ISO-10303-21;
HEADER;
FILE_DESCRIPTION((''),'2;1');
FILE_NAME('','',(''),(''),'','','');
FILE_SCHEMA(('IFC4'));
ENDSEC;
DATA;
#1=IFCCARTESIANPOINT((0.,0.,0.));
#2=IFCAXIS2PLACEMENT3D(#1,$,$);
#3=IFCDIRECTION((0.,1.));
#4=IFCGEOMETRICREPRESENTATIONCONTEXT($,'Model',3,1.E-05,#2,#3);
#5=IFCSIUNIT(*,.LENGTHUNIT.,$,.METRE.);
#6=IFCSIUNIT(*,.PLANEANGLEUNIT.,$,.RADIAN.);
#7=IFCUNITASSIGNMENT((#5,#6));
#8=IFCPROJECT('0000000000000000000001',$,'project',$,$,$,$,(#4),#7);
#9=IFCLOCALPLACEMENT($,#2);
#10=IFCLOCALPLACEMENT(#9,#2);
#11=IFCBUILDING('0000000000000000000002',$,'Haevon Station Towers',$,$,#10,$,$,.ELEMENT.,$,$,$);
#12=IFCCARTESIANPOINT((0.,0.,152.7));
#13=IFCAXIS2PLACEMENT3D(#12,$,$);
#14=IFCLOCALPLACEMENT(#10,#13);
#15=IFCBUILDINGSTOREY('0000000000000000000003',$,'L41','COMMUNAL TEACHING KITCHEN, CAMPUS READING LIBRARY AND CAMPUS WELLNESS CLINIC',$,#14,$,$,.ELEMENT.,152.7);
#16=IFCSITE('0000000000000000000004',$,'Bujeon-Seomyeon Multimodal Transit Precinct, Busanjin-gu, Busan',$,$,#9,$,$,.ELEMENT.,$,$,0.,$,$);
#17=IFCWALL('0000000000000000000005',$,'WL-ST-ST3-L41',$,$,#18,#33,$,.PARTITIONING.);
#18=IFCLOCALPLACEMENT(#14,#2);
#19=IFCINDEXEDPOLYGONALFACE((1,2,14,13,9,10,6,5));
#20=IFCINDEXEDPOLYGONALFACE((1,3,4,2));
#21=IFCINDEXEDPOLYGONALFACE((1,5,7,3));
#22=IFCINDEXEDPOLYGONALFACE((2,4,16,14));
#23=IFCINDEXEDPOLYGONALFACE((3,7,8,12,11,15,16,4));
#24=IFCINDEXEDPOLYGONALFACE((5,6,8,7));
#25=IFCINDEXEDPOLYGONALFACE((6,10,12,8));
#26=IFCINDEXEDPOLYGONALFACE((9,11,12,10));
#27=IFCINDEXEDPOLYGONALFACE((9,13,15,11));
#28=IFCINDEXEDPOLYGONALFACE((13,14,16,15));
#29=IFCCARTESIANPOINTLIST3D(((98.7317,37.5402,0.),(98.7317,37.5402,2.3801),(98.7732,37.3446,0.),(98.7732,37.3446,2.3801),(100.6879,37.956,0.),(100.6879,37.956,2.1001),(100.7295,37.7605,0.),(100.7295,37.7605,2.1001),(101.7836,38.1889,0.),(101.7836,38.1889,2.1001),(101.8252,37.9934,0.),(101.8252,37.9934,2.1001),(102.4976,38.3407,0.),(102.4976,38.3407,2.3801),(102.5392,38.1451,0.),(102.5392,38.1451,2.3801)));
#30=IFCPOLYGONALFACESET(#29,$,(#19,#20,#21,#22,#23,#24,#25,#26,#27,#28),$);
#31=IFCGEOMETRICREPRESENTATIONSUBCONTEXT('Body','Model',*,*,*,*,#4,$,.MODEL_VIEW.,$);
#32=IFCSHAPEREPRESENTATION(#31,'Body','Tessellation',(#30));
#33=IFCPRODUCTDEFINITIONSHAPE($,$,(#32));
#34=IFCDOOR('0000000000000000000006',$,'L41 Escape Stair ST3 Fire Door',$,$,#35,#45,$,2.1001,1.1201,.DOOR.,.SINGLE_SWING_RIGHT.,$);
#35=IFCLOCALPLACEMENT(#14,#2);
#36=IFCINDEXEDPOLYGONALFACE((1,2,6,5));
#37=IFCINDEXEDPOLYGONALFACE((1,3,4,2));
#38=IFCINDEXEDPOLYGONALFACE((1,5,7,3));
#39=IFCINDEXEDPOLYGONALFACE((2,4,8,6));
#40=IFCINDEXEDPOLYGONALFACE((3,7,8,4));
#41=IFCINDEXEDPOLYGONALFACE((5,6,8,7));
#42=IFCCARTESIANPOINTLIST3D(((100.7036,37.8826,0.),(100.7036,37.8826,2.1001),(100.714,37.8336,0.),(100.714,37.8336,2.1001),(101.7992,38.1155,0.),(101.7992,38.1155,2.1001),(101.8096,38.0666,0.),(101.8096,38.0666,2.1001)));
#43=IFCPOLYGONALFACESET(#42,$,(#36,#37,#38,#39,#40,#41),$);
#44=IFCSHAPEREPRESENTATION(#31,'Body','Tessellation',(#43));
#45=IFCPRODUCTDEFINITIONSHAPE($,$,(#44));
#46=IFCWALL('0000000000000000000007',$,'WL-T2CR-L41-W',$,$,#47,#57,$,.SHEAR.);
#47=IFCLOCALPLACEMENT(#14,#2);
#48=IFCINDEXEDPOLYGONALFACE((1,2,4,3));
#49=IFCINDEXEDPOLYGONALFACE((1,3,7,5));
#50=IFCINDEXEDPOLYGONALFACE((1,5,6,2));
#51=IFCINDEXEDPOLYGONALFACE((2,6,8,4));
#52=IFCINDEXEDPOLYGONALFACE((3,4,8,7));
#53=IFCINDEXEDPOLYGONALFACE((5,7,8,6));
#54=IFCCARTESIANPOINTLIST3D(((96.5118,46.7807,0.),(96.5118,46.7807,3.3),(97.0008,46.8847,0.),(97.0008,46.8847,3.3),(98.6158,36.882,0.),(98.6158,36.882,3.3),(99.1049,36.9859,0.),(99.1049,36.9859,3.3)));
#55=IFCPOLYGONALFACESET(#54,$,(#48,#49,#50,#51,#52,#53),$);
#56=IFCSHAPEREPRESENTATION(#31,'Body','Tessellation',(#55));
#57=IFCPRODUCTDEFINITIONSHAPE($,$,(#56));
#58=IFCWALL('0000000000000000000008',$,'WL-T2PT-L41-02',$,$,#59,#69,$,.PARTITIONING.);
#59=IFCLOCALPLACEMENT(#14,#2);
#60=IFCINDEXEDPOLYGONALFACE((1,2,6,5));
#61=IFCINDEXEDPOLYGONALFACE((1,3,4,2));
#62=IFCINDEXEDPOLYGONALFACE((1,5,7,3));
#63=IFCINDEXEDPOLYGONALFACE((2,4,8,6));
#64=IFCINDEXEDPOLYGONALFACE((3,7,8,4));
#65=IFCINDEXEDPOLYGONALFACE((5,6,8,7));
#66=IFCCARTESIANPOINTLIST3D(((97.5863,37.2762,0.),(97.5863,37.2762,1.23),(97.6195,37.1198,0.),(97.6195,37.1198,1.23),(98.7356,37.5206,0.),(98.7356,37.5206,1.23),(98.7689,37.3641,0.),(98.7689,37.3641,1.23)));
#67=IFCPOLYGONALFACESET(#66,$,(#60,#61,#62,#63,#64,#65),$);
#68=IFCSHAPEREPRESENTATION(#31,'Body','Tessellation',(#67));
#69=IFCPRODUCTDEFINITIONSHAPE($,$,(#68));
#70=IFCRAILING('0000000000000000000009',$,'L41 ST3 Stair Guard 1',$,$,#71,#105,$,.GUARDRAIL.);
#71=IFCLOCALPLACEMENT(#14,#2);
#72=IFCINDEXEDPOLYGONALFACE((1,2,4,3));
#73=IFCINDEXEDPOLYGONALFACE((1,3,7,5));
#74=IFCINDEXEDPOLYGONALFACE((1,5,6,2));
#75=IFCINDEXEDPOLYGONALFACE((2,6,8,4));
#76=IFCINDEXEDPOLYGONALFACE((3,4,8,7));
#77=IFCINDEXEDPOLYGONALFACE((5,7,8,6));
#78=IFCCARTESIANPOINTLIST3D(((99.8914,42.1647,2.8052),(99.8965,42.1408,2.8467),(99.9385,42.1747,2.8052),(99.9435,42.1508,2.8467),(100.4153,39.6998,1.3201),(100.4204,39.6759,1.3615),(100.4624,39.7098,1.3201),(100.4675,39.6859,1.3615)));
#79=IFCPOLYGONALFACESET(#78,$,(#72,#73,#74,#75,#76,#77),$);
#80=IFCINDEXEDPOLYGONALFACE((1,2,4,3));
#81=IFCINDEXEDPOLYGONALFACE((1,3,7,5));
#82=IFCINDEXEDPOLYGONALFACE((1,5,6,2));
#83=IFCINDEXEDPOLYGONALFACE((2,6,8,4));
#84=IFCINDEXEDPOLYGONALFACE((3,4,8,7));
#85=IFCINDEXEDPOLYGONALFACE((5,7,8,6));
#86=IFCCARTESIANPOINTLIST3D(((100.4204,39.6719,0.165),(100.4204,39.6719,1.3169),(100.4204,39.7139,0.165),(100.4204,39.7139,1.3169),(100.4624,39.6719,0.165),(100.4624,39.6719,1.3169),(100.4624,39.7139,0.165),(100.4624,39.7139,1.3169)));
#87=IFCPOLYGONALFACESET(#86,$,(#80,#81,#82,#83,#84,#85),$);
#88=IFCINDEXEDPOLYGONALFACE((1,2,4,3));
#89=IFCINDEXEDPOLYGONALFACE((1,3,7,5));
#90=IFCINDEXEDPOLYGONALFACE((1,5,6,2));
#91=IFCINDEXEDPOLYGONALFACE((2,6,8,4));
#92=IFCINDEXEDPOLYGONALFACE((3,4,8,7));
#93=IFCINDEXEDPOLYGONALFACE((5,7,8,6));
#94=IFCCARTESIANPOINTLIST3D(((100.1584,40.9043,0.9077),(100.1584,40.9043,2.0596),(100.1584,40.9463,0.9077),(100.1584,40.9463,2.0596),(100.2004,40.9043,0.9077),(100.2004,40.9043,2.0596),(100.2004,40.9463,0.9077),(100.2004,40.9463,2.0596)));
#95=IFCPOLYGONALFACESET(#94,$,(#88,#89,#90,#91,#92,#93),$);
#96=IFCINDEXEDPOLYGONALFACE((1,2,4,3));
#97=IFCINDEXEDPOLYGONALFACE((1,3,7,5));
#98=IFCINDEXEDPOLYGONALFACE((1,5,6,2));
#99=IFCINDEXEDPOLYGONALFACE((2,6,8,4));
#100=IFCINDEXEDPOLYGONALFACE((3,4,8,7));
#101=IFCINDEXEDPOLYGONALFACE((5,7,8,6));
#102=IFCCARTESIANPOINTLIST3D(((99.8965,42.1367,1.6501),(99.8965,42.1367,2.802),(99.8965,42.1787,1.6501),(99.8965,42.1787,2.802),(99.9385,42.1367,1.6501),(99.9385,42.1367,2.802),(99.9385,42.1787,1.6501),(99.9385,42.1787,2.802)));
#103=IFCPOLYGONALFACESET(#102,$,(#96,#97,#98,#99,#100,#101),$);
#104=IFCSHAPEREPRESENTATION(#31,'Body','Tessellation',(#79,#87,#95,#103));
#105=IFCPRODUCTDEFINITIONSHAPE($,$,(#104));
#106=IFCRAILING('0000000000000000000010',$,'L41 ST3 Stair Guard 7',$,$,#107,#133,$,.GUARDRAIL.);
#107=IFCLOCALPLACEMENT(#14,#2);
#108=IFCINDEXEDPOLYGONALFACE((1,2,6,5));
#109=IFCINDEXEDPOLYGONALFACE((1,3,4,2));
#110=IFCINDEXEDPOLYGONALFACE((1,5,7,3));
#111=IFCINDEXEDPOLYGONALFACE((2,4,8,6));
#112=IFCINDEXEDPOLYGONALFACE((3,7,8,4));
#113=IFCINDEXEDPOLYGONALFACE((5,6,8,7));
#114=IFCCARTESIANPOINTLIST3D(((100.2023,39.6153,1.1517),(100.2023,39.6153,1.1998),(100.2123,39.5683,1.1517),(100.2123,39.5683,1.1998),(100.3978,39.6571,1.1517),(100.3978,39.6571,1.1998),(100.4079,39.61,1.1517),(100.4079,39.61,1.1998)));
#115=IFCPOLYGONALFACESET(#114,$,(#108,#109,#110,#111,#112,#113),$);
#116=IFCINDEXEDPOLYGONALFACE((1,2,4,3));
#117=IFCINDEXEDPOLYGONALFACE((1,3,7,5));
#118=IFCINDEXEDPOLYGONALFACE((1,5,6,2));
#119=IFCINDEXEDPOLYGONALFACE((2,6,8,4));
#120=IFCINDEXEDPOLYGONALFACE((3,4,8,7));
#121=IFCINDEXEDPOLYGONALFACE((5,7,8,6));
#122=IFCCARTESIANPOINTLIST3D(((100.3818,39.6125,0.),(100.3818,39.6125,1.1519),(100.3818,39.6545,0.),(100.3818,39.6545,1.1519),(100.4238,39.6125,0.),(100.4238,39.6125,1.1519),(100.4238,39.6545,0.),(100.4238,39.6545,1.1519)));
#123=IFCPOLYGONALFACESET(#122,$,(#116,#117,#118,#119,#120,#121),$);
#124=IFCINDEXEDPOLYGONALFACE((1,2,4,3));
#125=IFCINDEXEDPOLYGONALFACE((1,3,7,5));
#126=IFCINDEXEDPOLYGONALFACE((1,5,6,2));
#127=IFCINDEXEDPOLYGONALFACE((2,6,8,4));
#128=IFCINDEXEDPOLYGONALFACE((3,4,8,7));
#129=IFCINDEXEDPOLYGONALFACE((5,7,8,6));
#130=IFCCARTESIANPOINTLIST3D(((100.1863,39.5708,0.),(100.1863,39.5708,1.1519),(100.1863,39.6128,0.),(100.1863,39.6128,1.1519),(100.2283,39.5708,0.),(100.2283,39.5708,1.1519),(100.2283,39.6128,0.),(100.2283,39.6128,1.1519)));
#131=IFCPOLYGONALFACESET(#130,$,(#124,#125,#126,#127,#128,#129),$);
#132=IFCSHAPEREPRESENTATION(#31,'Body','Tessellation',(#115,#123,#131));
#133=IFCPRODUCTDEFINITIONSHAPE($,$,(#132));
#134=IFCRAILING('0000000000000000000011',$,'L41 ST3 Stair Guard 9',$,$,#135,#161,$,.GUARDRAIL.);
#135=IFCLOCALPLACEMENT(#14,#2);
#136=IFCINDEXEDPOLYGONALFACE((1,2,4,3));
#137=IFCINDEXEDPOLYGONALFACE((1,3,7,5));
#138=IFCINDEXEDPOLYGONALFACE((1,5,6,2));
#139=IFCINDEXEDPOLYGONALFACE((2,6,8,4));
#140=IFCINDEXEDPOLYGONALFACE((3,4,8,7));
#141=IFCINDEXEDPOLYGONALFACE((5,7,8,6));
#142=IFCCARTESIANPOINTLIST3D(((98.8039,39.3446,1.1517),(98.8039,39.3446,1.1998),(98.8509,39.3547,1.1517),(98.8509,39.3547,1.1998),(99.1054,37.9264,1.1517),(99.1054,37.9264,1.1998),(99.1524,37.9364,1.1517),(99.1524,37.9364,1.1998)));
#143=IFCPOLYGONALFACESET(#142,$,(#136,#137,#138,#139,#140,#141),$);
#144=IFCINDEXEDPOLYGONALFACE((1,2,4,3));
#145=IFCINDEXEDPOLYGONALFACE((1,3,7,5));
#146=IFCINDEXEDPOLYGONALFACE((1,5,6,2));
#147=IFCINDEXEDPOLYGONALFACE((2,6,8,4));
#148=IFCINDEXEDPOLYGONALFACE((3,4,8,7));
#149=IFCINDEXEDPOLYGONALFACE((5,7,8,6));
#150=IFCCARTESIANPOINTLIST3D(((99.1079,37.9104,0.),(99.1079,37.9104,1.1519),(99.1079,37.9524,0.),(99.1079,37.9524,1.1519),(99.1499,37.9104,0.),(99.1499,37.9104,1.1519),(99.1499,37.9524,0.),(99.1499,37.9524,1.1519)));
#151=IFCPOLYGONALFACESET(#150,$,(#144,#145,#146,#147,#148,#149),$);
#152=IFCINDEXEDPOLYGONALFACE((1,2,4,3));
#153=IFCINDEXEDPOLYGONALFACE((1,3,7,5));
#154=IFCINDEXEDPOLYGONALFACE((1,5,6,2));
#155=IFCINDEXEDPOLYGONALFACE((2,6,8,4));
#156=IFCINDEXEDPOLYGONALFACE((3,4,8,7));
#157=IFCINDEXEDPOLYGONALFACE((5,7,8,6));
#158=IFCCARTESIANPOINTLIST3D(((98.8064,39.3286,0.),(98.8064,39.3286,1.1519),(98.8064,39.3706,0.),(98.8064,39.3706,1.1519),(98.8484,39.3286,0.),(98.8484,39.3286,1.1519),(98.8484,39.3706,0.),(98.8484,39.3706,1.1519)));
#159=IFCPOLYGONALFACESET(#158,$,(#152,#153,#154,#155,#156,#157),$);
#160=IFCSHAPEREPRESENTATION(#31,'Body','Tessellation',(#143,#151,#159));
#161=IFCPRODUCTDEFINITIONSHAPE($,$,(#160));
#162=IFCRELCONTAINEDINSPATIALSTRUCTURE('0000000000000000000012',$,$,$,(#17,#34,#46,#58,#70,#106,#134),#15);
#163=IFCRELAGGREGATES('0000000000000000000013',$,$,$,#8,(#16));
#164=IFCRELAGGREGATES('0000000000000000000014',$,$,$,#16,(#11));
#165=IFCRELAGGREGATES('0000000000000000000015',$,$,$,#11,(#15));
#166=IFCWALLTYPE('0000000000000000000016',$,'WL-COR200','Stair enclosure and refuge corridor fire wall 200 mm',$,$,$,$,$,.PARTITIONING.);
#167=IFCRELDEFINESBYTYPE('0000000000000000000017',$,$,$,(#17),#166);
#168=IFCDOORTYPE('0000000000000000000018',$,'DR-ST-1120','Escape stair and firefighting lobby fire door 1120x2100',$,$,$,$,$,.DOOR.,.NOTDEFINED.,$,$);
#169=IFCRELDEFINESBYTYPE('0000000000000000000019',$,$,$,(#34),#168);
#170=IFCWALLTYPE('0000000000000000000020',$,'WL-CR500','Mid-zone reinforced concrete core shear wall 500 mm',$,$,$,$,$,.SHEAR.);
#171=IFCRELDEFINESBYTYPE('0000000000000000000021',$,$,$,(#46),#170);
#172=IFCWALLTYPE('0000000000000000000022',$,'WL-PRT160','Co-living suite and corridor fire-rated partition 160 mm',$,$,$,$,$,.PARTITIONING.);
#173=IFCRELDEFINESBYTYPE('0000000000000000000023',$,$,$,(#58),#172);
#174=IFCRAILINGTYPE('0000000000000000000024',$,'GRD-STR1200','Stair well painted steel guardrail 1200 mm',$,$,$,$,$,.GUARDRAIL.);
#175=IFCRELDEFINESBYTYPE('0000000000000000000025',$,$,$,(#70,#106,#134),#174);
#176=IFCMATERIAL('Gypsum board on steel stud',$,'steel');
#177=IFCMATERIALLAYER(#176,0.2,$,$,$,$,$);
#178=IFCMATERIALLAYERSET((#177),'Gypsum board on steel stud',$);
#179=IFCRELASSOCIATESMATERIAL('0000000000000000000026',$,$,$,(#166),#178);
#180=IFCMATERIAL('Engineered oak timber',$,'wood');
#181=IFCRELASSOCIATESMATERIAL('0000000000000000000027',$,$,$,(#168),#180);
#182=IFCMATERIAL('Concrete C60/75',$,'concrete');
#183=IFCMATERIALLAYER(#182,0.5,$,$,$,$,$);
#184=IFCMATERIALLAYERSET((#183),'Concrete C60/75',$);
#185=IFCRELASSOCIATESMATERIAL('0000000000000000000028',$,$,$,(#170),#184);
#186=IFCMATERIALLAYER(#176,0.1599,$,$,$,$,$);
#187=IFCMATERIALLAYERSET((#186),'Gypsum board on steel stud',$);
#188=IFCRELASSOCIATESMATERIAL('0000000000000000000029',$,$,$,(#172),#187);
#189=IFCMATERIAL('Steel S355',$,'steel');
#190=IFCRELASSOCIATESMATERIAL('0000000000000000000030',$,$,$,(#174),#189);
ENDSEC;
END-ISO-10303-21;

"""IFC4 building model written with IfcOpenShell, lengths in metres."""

from ifc_helpers import new_model, si_unit, direction, frame, frame_2d, origin, origin_2d, place, context, subcontext, project, spatial, rectangle, extrude, material, layer, layer_set, type_object, element, fill, save


model = new_model("IFC4")

# Units and contexts
model_context = context("Model", 3, precision=1e-05, world=origin(), true_north=direction((0.0, 1.0)))
body_context = subcontext(model_context, "Body", "Model", "MODEL_VIEW")
ifc_project = project(units=[si_unit("LENGTHUNIT", "METRE"), si_unit("PLANEANGLEUNIT", "RADIAN")], contexts=[model_context])

# Site, building, storey
site_placement = place(None, origin())
site = spatial("IfcSite", under=ifc_project, at=site_placement, Name="Bujeon-Seomyeon Multimodal Transit Precinct, Busanjin-gu, Busan", CompositionType="ELEMENT", RefElevation=0.0)
building_placement = place(site_placement, origin())
building = spatial("IfcBuilding", under=site, at=building_placement, Name="Haevon Station Towers", CompositionType="ELEMENT")
storey_placement = place(building_placement, frame((0.0, 0.0, 152.7)))
storey = spatial("IfcBuildingStorey", under=building, at=storey_placement, Name="L41", Description="COMMUNAL TEACHING KITCHEN, CAMPUS READING LIBRARY AND CAMPUS WELLNESS CLINIC", CompositionType="ELEMENT", Elevation=152.7)

# Shared definitions
ifc_material_1 = material(Name="Steel S355", Category="steel")

# Shared definitions
ifc_material_2 = material(Name="Gypsum board on steel stud", Category="steel")
ifc_material_3 = material(Name="Engineered oak timber", Category="wood")

# Wall, opening, door
ifc_layer_1 = layer(ifc_material_2, 0.2)
ifc_layer_set_1 = layer_set([ifc_layer_1], Name="Gypsum board on steel stud")
wall_type_1 = type_object("IfcWallType", Name="WL-COR200", Description="Stair enclosure and refuge corridor fire wall 200 mm", PredefinedType="PARTITIONING", material=ifc_layer_set_1)
wall_1_placement = place(storey_placement, frame((98.7524, 37.4424, 0.0), z_axis=(0.0, 0.0, 1.0), x_axis=(0.978144, 0.207931, 0.0)))
wall_1 = element("IfcWall", 1, at=wall_1_placement, inside=storey, type_object=wall_type_1, Name="WL-ST-ST3-L41", PredefinedType="PARTITIONING", context=body_context, shape_type="SweptSolid", body=[
    extrude(rectangle(XDim=3.8501, YDim=0.2, at=frame_2d((1.925, 0.0))), origin(), (0.0, 0.0, 1.0), 2.3801),
])
opening_1_placement = place(wall_1_placement, frame((2.0, 0.0, 0.0)))
opening_1 = element("IfcOpeningElement", 2, at=opening_1_placement, cuts=wall_1, PredefinedType="OPENING", context=body_context, shape_type="SweptSolid", body=[
    extrude(rectangle(XDim=1.1201, YDim=2.1001, at=frame_2d((0.5601, 1.05))), frame((0.0, 0.1099, 0.0), z_axis=(0.0, -1.0, 0.0), x_axis=(1.0, 0.0, 0.0)), (0.0, 0.0, 1.0), 0.22),
])
door_type_1 = type_object("IfcDoorType", Name="DR-ST-1120", Description="Escape stair and firefighting lobby fire door 1120x2100", OperationType="NOTDEFINED", PredefinedType="DOOR", material=ifc_material_3)
door_1_placement = place(opening_1_placement, origin())
door_1 = element("IfcDoor", 3, at=door_1_placement, inside=storey, type_object=door_type_1, Name="L41 Escape Stair ST3 Fire Door", OperationType="SINGLE_SWING_RIGHT", OverallHeight=2.1001, OverallWidth=1.1201, PredefinedType="DOOR", context=body_context, shape_type="SweptSolid", body=[
    extrude(rectangle(XDim=1.1201, YDim=2.1001, at=frame_2d((0.5601, 1.05))), frame((0.0, 0.0249, 0.0), z_axis=(0.0, -1.0, 0.0), x_axis=(1.0, 0.0, 0.0)), (0.0, 0.0, 1.0), 0.05),
])
fill(opening_1, door_1)

# Walls
ifc_material_4 = material(Name="Concrete C60/75", Category="concrete")
ifc_layer_2 = layer(ifc_material_4, 0.5)
ifc_layer_set_2 = layer_set([ifc_layer_2], Name="Concrete C60/75")
wall_type_2 = type_object("IfcWallType", Name="WL-CR500", Description="Mid-zone reinforced concrete core shear wall 500 mm", PredefinedType="SHEAR", material=ifc_layer_set_2)
wall_2_placement = place(storey_placement, frame((98.8604, 36.9338, 0.0), z_axis=(0.0, 0.0, 1.0), x_axis=(-0.207909, 0.978148, 0.0)))
element("IfcWall", 4, at=wall_2_placement, inside=storey, type_object=wall_type_2, Name="WL-T2CR-L41-W", PredefinedType="SHEAR", context=body_context, shape_type="SweptSolid", body=[
    extrude(rectangle(XDim=10.1199, YDim=0.5, at=frame_2d((5.0601, 0.0))), origin(), (0.0, 0.0, 1.0), 3.3),
])
ifc_layer_3 = layer(ifc_material_2, 0.1599)
ifc_layer_set_3 = layer_set([ifc_layer_3], Name="Gypsum board on steel stud")
wall_type_3 = type_object("IfcWallType", Name="WL-PRT160", Description="Co-living suite and corridor fire-rated partition 160 mm", PredefinedType="PARTITIONING", material=ifc_layer_set_3)
wall_3_placement = place(storey_placement, frame((97.603, 37.198, 0.0), z_axis=(0.0, 0.0, 1.0), x_axis=(0.978136, 0.207968, 0.0)))
element("IfcWall", 5, at=wall_3_placement, inside=storey, type_object=wall_type_3, Name="WL-T2PT-L41-02", PredefinedType="PARTITIONING", context=body_context, shape_type="SweptSolid", body=[
    extrude(rectangle(XDim=1.175, YDim=0.1599, at=frame_2d((0.5874, 0.0))), origin(), (0.0, 0.0, 1.0), 1.23),
])

# Railings
railing_type = type_object("IfcRailingType", Name="GRD-STR1200", Description="Stair well painted steel guardrail 1200 mm", PredefinedType="GUARDRAIL", material=ifc_material_1)
railing_1_placement = place(storey_placement, frame((100.4414, 39.6929, 0.165)))
element("IfcRailing", 6, at=railing_1_placement, inside=storey, type_object=railing_type, Name="L41 ST3 Stair Guard 1", PredefinedType="GUARDRAIL", context=body_context, shape_type="SweptSolid", body=[
    extrude(rectangle(XDim=0.0481, YDim=0.0481, at=origin_2d()), frame((0.0, 0.0, 1.1758), z_axis=(-0.179121, 0.842688, 0.507733), x_axis=(-0.978147, -0.207914, 0.0)), (0.0, 0.0, 1.0), 2.925),
    extrude(rectangle(XDim=0.042, YDim=0.042, at=origin_2d()), origin(), (0.0, 0.0, 1.0), 1.1519),
    extrude(rectangle(XDim=0.042, YDim=0.042, at=origin_2d()), frame((-0.262, 1.2324, 0.7427)), (0.0, 0.0, 1.0), 1.1519),
    extrude(rectangle(XDim=0.042, YDim=0.042, at=origin_2d()), frame((-0.5239, 2.4648, 1.4851)), (0.0, 0.0, 1.0), 1.1519),
])
railing_2_placement = place(storey_placement, frame((100.4028, 39.6335, 0.0)))
element("IfcRailing", 7, at=railing_2_placement, inside=storey, type_object=railing_type, Name="L41 ST3 Stair Guard 7", PredefinedType="GUARDRAIL", context=body_context, shape_type="SweptSolid", body=[
    extrude(rectangle(XDim=0.0481, YDim=0.0481, at=origin_2d()), frame((0.0, 0.0, 1.1758), z_axis=(-0.977963, -0.208779, 0.0), x_axis=(0.208779, -0.977963, 0.0)), (0.0, 0.0, 1.0), 0.2),
    extrude(rectangle(XDim=0.042, YDim=0.042, at=origin_2d()), origin(), (0.0, 0.0, 1.0), 1.1519),
    extrude(rectangle(XDim=0.042, YDim=0.042, at=origin_2d()), frame((-0.1956, -0.0417, 0.0)), (0.0, 0.0, 1.0), 1.1519),
])
railing_3_placement = place(storey_placement, frame((99.1289, 37.9314, 0.0)))
element("IfcRailing", 8, at=railing_3_placement, inside=storey, type_object=railing_type, Name="L41 ST3 Stair Guard 9", PredefinedType="GUARDRAIL", context=body_context, shape_type="SweptSolid", body=[
    extrude(rectangle(XDim=0.0481, YDim=0.0481, at=origin_2d()), frame((0.0, 0.0, 1.1758), z_axis=(-0.207953, 0.978139, 0.0), x_axis=(-0.978139, -0.207953, 0.0)), (0.0, 0.0, 1.0), 1.45),
    extrude(rectangle(XDim=0.042, YDim=0.042, at=origin_2d()), origin(), (0.0, 0.0, 1.0), 1.1519),
    extrude(rectangle(XDim=0.042, YDim=0.042, at=origin_2d()), frame((-0.3015, 1.4182, 0.0)), (0.0, 0.0, 1.0), 1.1519),
])

save(model, "model.ifc")
